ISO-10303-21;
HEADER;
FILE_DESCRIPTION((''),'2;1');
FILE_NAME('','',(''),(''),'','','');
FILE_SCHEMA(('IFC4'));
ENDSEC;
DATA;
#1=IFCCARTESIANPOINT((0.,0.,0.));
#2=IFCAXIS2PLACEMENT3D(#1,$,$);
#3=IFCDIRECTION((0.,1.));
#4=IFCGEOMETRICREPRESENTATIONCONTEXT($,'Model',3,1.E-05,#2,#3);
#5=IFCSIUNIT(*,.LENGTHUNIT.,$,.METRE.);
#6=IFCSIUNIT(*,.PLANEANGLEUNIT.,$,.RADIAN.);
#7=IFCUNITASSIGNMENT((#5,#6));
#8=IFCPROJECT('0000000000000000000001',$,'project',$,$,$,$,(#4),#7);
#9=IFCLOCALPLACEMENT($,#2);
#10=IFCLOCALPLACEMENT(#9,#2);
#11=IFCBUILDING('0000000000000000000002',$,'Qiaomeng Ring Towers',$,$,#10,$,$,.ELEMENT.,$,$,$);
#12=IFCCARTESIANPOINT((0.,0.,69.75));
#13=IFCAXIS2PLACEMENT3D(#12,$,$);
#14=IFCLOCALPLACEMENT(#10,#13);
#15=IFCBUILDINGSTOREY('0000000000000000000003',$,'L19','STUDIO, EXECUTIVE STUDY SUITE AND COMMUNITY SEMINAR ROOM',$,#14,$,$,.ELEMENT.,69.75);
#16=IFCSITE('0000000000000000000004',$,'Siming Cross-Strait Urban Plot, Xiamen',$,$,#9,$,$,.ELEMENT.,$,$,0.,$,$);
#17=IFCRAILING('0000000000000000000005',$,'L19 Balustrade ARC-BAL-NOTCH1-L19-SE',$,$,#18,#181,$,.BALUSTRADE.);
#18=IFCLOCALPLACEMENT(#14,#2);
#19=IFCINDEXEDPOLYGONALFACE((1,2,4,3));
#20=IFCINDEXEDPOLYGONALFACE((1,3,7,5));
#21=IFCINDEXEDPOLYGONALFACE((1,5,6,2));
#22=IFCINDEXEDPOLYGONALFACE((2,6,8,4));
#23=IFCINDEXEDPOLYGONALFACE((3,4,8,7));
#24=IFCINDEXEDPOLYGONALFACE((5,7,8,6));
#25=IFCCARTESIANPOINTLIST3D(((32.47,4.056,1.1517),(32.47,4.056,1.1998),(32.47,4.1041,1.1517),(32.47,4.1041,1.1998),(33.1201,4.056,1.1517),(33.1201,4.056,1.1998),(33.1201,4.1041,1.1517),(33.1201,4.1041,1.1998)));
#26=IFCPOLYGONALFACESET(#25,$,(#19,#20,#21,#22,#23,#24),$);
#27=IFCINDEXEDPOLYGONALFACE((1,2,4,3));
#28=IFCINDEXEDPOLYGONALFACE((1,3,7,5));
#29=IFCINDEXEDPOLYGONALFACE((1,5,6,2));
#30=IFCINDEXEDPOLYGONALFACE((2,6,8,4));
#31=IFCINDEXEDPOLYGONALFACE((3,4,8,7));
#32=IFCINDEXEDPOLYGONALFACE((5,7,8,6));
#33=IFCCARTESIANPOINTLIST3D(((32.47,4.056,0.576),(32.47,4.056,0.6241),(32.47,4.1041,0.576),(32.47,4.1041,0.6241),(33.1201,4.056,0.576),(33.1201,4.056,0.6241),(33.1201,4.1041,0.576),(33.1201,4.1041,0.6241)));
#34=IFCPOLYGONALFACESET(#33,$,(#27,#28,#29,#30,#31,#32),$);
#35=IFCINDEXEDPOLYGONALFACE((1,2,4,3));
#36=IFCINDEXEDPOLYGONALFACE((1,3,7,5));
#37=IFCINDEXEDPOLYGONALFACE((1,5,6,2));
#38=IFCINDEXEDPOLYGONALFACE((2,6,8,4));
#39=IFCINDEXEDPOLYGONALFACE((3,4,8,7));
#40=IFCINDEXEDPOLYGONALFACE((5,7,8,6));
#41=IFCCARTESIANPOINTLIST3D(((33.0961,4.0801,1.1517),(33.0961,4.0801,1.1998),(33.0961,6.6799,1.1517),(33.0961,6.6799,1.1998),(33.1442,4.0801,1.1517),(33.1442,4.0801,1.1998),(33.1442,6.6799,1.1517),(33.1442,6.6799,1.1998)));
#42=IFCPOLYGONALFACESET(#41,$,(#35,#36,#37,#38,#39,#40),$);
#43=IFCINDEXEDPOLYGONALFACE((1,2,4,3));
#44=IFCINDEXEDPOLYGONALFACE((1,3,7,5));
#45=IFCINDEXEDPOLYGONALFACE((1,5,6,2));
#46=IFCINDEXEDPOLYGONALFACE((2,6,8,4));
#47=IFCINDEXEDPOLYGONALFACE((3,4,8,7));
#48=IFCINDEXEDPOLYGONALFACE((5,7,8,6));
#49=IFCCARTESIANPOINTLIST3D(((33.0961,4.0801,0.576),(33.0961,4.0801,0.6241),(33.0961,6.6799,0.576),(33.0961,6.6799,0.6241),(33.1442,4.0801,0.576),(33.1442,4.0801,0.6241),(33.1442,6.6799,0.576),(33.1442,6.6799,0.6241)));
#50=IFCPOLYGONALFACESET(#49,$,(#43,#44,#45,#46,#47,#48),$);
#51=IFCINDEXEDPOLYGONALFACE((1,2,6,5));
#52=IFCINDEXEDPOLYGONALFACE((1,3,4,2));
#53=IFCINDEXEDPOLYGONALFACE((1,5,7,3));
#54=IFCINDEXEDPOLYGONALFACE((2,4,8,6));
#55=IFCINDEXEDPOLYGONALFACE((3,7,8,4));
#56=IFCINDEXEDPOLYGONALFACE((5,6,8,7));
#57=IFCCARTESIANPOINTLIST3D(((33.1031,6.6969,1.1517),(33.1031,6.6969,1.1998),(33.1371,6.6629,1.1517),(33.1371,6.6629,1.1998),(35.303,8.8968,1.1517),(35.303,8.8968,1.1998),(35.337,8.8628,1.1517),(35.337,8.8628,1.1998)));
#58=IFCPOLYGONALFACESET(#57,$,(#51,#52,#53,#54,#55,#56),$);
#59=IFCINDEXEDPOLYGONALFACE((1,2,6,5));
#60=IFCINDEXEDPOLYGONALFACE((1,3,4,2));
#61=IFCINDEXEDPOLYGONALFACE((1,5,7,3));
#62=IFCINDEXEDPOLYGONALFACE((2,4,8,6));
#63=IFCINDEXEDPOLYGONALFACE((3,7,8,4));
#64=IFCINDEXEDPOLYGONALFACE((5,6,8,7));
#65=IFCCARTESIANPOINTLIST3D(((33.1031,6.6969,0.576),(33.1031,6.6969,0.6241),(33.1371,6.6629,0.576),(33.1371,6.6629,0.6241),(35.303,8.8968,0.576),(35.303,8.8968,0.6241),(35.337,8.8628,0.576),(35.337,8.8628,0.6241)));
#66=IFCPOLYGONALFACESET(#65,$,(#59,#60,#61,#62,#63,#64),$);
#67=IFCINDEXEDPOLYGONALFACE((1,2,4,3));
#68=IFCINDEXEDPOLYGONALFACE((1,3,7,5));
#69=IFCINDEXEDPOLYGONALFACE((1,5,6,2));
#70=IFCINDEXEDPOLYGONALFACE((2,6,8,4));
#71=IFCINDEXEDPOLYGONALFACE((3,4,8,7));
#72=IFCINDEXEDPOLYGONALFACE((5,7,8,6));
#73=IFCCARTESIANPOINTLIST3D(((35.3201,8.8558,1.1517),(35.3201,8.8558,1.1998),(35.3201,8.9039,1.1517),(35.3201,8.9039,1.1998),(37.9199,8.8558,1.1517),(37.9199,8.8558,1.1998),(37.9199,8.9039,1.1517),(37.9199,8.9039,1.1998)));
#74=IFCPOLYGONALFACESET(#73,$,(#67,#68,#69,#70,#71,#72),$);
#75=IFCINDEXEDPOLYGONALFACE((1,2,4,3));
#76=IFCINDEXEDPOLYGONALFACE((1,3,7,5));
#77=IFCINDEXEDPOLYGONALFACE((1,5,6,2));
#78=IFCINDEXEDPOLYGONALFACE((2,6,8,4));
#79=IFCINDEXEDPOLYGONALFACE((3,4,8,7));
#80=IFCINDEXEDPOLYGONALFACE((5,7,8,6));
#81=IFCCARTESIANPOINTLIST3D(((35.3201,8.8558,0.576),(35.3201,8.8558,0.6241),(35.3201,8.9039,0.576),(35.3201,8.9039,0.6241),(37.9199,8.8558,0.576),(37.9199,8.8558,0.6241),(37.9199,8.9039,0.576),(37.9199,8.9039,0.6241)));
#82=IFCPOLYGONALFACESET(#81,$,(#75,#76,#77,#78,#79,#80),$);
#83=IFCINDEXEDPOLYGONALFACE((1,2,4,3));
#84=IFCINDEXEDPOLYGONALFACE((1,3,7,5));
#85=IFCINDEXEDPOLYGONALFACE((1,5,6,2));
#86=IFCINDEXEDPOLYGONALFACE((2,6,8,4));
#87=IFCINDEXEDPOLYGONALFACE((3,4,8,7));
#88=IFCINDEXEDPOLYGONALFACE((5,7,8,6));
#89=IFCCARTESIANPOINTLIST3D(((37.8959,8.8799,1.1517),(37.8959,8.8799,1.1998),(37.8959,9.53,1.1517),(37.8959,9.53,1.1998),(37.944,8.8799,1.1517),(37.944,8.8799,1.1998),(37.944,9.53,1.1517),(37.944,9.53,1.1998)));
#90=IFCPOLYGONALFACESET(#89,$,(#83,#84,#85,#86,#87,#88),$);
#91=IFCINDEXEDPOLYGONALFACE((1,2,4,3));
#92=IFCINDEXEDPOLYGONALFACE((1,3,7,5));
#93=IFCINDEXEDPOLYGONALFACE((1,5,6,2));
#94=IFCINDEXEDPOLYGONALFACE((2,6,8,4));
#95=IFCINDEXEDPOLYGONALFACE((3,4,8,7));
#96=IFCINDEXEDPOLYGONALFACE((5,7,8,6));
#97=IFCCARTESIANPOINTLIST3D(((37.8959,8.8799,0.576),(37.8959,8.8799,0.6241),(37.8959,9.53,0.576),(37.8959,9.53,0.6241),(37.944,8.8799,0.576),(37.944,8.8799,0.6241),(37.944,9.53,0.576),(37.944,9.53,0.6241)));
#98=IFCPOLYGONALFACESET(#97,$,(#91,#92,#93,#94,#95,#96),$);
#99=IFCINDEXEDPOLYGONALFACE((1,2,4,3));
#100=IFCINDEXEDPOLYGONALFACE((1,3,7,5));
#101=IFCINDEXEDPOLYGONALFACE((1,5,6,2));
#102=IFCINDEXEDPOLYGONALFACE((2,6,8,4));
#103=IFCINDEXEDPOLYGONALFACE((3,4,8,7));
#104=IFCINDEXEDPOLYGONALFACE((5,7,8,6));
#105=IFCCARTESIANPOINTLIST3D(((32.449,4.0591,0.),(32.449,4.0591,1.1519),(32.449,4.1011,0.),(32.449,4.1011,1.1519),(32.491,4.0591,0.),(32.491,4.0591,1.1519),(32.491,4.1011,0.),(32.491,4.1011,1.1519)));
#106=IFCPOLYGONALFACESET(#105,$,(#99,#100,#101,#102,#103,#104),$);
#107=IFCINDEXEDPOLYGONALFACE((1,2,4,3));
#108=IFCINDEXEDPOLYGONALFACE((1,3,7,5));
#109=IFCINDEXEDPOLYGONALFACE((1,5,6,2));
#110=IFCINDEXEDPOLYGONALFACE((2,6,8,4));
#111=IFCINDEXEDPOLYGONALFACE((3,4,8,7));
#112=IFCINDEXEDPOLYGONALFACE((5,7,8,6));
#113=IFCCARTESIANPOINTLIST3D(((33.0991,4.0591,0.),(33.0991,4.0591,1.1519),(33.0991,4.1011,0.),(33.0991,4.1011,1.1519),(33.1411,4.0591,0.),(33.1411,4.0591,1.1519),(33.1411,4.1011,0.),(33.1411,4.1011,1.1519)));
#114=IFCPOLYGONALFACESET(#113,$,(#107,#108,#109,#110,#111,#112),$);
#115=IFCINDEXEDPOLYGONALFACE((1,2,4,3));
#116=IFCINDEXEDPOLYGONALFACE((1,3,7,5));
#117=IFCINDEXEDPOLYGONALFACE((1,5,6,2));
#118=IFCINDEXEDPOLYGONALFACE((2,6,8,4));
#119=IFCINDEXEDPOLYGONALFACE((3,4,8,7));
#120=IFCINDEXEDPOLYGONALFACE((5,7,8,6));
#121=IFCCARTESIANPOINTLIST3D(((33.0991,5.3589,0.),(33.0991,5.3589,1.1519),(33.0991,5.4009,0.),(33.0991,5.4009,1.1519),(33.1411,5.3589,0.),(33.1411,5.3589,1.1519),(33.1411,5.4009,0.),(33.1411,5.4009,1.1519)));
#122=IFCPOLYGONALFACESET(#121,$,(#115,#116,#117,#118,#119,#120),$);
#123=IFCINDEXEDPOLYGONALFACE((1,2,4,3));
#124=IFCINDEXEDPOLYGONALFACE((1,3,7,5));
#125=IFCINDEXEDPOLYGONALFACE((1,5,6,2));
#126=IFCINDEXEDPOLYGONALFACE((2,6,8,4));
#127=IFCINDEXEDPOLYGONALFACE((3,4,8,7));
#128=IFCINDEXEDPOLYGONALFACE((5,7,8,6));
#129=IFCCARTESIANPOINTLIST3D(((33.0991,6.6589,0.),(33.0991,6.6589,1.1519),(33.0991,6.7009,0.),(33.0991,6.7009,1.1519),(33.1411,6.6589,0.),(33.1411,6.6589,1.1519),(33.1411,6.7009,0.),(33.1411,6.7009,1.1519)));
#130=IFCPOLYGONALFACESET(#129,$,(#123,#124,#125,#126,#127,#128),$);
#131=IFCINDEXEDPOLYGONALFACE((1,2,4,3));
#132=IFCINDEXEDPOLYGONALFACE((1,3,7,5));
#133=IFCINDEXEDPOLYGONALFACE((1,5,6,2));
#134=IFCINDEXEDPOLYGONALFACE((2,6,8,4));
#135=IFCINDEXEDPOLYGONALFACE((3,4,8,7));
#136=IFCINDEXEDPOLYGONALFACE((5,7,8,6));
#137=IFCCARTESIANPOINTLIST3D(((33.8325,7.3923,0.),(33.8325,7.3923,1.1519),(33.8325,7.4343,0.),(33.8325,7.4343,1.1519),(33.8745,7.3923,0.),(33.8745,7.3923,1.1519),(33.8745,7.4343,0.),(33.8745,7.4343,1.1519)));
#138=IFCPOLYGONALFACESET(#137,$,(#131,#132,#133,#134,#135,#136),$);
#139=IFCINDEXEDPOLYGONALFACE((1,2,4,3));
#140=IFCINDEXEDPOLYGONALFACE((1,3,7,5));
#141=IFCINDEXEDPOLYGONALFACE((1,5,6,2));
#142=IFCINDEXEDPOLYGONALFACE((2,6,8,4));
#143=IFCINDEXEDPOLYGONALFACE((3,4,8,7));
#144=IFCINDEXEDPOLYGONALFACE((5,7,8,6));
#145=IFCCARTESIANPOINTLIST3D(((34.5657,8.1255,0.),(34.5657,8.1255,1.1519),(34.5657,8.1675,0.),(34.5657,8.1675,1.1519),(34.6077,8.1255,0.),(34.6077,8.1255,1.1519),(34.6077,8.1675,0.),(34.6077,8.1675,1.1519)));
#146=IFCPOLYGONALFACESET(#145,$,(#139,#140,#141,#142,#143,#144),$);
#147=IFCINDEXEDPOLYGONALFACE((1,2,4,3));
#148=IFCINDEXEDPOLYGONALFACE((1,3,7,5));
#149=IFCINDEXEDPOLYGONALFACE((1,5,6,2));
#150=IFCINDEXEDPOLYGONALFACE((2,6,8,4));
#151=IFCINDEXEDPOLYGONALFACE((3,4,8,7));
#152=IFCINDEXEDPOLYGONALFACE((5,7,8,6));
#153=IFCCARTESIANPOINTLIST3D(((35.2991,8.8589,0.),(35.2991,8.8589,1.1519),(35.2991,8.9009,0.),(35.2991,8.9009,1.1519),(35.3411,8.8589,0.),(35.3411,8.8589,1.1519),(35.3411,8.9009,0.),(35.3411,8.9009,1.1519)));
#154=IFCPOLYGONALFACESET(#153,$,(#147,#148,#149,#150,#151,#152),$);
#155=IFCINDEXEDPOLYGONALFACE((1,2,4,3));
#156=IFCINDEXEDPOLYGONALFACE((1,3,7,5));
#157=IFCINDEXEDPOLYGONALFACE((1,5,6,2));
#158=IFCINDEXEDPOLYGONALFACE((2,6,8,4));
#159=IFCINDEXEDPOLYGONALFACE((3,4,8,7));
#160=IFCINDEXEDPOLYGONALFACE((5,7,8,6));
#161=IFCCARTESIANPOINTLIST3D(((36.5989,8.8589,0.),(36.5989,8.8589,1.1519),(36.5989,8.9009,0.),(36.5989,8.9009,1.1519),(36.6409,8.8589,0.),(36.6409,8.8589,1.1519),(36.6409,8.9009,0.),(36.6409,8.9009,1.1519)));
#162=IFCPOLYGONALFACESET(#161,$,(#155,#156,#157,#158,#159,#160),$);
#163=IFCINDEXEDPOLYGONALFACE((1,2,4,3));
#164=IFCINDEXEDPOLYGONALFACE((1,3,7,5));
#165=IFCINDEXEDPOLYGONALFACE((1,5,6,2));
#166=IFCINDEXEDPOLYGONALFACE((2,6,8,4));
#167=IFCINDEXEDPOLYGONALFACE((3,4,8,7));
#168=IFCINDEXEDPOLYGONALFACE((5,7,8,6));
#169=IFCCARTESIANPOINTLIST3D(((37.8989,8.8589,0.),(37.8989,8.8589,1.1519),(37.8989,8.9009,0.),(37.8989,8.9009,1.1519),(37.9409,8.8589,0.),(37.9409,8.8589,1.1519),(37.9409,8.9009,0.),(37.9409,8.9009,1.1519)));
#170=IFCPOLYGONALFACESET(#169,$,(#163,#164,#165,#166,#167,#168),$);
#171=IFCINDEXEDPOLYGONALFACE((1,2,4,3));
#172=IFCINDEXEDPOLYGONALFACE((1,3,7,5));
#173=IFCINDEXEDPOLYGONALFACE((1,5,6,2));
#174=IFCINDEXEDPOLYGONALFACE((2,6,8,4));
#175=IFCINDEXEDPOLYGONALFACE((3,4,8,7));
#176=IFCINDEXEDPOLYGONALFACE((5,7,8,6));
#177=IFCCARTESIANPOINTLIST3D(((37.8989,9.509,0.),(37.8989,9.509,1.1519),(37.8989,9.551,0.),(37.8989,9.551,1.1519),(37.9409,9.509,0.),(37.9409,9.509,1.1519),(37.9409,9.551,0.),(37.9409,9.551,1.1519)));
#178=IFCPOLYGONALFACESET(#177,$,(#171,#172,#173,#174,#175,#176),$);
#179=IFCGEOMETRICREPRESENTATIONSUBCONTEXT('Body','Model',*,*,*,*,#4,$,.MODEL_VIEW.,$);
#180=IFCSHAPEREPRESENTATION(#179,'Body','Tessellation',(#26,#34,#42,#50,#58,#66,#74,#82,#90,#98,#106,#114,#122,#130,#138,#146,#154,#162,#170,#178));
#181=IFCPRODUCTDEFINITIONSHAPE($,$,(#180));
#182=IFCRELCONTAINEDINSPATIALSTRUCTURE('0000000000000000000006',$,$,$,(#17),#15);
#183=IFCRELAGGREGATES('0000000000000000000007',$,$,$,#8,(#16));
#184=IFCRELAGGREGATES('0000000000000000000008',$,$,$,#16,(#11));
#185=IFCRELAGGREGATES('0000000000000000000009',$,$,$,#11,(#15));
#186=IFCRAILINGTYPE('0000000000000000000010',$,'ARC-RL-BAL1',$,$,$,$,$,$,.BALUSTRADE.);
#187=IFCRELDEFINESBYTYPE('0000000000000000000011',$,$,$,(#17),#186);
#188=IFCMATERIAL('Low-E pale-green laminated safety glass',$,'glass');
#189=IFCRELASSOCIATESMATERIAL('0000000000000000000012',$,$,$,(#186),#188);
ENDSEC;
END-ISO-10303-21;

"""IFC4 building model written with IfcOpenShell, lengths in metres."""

from ifc_helpers import new_model, si_unit, direction, frame, origin, origin_2d, place, context, subcontext, project, spatial, rectangle, extrude, material, type_object, element, save


model = new_model("IFC4")

# Units and contexts
model_context = context("Model", 3, precision=1e-05, world=origin(), true_north=direction((0.0, 1.0)))
body_context = subcontext(model_context, "Body", "Model", "MODEL_VIEW")
ifc_project = project(units=[si_unit("LENGTHUNIT", "METRE"), si_unit("PLANEANGLEUNIT", "RADIAN")], contexts=[model_context])

# Site, building, storey
site_placement = place(None, origin())
site = spatial("IfcSite", under=ifc_project, at=site_placement, Name="Siming Cross-Strait Urban Plot, Xiamen", CompositionType="ELEMENT", RefElevation=0.0)
building_placement = place(site_placement, origin())
building = spatial("IfcBuilding", under=site, at=building_placement, Name="Qiaomeng Ring Towers", CompositionType="ELEMENT")
storey_placement = place(building_placement, frame((0.0, 0.0, 69.75)))
storey = spatial("IfcBuildingStorey", under=building, at=storey_placement, Name="L19", Description="STUDIO, EXECUTIVE STUDY SUITE AND COMMUNITY SEMINAR ROOM", CompositionType="ELEMENT", Elevation=69.75)

# Railing
ifc_material_1 = material(Name="Low-E pale-green laminated safety glass", Category="glass")
railing_type = type_object("IfcRailingType", Name="ARC-RL-BAL1", PredefinedType="BALUSTRADE", material=ifc_material_1)
railing_placement = place(storey_placement, frame((32.47, 4.0801, 0.0)))
element("IfcRailing", 1, at=railing_placement, inside=storey, type_object=railing_type, Name="L19 Balustrade ARC-BAL-NOTCH1-L19-SE", PredefinedType="BALUSTRADE", context=body_context, shape_type="SweptSolid", body=[
    extrude(rectangle(XDim=0.0481, YDim=0.0481, at=origin_2d()), frame((0.0, 0.0, 1.1758), z_axis=(1.0, 0.0, 0.0), x_axis=(0.0, 1.0, 0.0)), (0.0, 0.0, 1.0), 0.6501),
    extrude(rectangle(XDim=0.0481, YDim=0.0481, at=origin_2d()), frame((0.0, 0.0, 0.6001), z_axis=(1.0, 0.0, 0.0), x_axis=(0.0, 1.0, 0.0)), (0.0, 0.0, 1.0), 0.6501),
    extrude(rectangle(XDim=0.0481, YDim=0.0481, at=origin_2d()), frame((0.6501, 0.0, 1.1758), z_axis=(0.0, 1.0, 0.0), x_axis=(-1.0, 0.0, 0.0)), (0.0, 0.0, 1.0), 2.5999),
    extrude(rectangle(XDim=0.0481, YDim=0.0481, at=origin_2d()), frame((0.6501, 0.0, 0.6001), z_axis=(0.0, 1.0, 0.0), x_axis=(-1.0, 0.0, 0.0)), (0.0, 0.0, 1.0), 2.5999),
    extrude(rectangle(XDim=0.0481, YDim=0.0481, at=origin_2d()), frame((0.6501, 2.5999, 1.1758), z_axis=(0.707107, 0.707107, 0.0), x_axis=(-0.707107, 0.707107, 0.0)), (0.0, 0.0, 1.0), 3.1111),
    extrude(rectangle(XDim=0.0481, YDim=0.0481, at=origin_2d()), frame((0.6501, 2.5999, 0.6001), z_axis=(0.707107, 0.707107, 0.0), x_axis=(-0.707107, 0.707107, 0.0)), (0.0, 0.0, 1.0), 3.1111),
    extrude(rectangle(XDim=0.0481, YDim=0.0481, at=origin_2d()), frame((2.8501, 4.7998, 1.1758), z_axis=(1.0, 0.0, 0.0), x_axis=(0.0, 1.0, 0.0)), (0.0, 0.0, 1.0), 2.5999),
    extrude(rectangle(XDim=0.0481, YDim=0.0481, at=origin_2d()), frame((2.8501, 4.7998, 0.6001), z_axis=(1.0, 0.0, 0.0), x_axis=(0.0, 1.0, 0.0)), (0.0, 0.0, 1.0), 2.5999),
    extrude(rectangle(XDim=0.0481, YDim=0.0481, at=origin_2d()), frame((5.45, 4.7998, 1.1758), z_axis=(0.0, 1.0, 0.0), x_axis=(-1.0, 0.0, 0.0)), (0.0, 0.0, 1.0), 0.6501),
    extrude(rectangle(XDim=0.0481, YDim=0.0481, at=origin_2d()), frame((5.45, 4.7998, 0.6001), z_axis=(0.0, 1.0, 0.0), x_axis=(-1.0, 0.0, 0.0)), (0.0, 0.0, 1.0), 0.6501),
    extrude(rectangle(XDim=0.042, YDim=0.042, at=origin_2d()), origin(), (0.0, 0.0, 1.0), 1.1519),
    extrude(rectangle(XDim=0.042, YDim=0.042, at=origin_2d()), frame((0.6501, 0.0, 0.0)), (0.0, 0.0, 1.0), 1.1519),
    extrude(rectangle(XDim=0.042, YDim=0.042, at=origin_2d()), frame((0.6501, 1.2998, 0.0)), (0.0, 0.0, 1.0), 1.1519),
    extrude(rectangle(XDim=0.042, YDim=0.042, at=origin_2d()), frame((0.6501, 2.5999, 0.0)), (0.0, 0.0, 1.0), 1.1519),
    extrude(rectangle(XDim=0.042, YDim=0.042, at=origin_2d()), frame((1.3835, 3.3333, 0.0)), (0.0, 0.0, 1.0), 1.1519),
    extrude(rectangle(XDim=0.042, YDim=0.042, at=origin_2d()), frame((2.1167, 4.0664, 0.0)), (0.0, 0.0, 1.0), 1.1519),
    extrude(rectangle(XDim=0.042, YDim=0.042, at=origin_2d()), frame((2.8501, 4.7998, 0.0)), (0.0, 0.0, 1.0), 1.1519),
    extrude(rectangle(XDim=0.042, YDim=0.042, at=origin_2d()), frame((4.1499, 4.7998, 0.0)), (0.0, 0.0, 1.0), 1.1519),
    extrude(rectangle(XDim=0.042, YDim=0.042, at=origin_2d()), frame((5.45, 4.7998, 0.0)), (0.0, 0.0, 1.0), 1.1519),
    extrude(rectangle(XDim=0.042, YDim=0.042, at=origin_2d()), frame((5.45, 5.45, 0.0)), (0.0, 0.0, 1.0), 1.1519),
])

save(model, "model.ifc")
